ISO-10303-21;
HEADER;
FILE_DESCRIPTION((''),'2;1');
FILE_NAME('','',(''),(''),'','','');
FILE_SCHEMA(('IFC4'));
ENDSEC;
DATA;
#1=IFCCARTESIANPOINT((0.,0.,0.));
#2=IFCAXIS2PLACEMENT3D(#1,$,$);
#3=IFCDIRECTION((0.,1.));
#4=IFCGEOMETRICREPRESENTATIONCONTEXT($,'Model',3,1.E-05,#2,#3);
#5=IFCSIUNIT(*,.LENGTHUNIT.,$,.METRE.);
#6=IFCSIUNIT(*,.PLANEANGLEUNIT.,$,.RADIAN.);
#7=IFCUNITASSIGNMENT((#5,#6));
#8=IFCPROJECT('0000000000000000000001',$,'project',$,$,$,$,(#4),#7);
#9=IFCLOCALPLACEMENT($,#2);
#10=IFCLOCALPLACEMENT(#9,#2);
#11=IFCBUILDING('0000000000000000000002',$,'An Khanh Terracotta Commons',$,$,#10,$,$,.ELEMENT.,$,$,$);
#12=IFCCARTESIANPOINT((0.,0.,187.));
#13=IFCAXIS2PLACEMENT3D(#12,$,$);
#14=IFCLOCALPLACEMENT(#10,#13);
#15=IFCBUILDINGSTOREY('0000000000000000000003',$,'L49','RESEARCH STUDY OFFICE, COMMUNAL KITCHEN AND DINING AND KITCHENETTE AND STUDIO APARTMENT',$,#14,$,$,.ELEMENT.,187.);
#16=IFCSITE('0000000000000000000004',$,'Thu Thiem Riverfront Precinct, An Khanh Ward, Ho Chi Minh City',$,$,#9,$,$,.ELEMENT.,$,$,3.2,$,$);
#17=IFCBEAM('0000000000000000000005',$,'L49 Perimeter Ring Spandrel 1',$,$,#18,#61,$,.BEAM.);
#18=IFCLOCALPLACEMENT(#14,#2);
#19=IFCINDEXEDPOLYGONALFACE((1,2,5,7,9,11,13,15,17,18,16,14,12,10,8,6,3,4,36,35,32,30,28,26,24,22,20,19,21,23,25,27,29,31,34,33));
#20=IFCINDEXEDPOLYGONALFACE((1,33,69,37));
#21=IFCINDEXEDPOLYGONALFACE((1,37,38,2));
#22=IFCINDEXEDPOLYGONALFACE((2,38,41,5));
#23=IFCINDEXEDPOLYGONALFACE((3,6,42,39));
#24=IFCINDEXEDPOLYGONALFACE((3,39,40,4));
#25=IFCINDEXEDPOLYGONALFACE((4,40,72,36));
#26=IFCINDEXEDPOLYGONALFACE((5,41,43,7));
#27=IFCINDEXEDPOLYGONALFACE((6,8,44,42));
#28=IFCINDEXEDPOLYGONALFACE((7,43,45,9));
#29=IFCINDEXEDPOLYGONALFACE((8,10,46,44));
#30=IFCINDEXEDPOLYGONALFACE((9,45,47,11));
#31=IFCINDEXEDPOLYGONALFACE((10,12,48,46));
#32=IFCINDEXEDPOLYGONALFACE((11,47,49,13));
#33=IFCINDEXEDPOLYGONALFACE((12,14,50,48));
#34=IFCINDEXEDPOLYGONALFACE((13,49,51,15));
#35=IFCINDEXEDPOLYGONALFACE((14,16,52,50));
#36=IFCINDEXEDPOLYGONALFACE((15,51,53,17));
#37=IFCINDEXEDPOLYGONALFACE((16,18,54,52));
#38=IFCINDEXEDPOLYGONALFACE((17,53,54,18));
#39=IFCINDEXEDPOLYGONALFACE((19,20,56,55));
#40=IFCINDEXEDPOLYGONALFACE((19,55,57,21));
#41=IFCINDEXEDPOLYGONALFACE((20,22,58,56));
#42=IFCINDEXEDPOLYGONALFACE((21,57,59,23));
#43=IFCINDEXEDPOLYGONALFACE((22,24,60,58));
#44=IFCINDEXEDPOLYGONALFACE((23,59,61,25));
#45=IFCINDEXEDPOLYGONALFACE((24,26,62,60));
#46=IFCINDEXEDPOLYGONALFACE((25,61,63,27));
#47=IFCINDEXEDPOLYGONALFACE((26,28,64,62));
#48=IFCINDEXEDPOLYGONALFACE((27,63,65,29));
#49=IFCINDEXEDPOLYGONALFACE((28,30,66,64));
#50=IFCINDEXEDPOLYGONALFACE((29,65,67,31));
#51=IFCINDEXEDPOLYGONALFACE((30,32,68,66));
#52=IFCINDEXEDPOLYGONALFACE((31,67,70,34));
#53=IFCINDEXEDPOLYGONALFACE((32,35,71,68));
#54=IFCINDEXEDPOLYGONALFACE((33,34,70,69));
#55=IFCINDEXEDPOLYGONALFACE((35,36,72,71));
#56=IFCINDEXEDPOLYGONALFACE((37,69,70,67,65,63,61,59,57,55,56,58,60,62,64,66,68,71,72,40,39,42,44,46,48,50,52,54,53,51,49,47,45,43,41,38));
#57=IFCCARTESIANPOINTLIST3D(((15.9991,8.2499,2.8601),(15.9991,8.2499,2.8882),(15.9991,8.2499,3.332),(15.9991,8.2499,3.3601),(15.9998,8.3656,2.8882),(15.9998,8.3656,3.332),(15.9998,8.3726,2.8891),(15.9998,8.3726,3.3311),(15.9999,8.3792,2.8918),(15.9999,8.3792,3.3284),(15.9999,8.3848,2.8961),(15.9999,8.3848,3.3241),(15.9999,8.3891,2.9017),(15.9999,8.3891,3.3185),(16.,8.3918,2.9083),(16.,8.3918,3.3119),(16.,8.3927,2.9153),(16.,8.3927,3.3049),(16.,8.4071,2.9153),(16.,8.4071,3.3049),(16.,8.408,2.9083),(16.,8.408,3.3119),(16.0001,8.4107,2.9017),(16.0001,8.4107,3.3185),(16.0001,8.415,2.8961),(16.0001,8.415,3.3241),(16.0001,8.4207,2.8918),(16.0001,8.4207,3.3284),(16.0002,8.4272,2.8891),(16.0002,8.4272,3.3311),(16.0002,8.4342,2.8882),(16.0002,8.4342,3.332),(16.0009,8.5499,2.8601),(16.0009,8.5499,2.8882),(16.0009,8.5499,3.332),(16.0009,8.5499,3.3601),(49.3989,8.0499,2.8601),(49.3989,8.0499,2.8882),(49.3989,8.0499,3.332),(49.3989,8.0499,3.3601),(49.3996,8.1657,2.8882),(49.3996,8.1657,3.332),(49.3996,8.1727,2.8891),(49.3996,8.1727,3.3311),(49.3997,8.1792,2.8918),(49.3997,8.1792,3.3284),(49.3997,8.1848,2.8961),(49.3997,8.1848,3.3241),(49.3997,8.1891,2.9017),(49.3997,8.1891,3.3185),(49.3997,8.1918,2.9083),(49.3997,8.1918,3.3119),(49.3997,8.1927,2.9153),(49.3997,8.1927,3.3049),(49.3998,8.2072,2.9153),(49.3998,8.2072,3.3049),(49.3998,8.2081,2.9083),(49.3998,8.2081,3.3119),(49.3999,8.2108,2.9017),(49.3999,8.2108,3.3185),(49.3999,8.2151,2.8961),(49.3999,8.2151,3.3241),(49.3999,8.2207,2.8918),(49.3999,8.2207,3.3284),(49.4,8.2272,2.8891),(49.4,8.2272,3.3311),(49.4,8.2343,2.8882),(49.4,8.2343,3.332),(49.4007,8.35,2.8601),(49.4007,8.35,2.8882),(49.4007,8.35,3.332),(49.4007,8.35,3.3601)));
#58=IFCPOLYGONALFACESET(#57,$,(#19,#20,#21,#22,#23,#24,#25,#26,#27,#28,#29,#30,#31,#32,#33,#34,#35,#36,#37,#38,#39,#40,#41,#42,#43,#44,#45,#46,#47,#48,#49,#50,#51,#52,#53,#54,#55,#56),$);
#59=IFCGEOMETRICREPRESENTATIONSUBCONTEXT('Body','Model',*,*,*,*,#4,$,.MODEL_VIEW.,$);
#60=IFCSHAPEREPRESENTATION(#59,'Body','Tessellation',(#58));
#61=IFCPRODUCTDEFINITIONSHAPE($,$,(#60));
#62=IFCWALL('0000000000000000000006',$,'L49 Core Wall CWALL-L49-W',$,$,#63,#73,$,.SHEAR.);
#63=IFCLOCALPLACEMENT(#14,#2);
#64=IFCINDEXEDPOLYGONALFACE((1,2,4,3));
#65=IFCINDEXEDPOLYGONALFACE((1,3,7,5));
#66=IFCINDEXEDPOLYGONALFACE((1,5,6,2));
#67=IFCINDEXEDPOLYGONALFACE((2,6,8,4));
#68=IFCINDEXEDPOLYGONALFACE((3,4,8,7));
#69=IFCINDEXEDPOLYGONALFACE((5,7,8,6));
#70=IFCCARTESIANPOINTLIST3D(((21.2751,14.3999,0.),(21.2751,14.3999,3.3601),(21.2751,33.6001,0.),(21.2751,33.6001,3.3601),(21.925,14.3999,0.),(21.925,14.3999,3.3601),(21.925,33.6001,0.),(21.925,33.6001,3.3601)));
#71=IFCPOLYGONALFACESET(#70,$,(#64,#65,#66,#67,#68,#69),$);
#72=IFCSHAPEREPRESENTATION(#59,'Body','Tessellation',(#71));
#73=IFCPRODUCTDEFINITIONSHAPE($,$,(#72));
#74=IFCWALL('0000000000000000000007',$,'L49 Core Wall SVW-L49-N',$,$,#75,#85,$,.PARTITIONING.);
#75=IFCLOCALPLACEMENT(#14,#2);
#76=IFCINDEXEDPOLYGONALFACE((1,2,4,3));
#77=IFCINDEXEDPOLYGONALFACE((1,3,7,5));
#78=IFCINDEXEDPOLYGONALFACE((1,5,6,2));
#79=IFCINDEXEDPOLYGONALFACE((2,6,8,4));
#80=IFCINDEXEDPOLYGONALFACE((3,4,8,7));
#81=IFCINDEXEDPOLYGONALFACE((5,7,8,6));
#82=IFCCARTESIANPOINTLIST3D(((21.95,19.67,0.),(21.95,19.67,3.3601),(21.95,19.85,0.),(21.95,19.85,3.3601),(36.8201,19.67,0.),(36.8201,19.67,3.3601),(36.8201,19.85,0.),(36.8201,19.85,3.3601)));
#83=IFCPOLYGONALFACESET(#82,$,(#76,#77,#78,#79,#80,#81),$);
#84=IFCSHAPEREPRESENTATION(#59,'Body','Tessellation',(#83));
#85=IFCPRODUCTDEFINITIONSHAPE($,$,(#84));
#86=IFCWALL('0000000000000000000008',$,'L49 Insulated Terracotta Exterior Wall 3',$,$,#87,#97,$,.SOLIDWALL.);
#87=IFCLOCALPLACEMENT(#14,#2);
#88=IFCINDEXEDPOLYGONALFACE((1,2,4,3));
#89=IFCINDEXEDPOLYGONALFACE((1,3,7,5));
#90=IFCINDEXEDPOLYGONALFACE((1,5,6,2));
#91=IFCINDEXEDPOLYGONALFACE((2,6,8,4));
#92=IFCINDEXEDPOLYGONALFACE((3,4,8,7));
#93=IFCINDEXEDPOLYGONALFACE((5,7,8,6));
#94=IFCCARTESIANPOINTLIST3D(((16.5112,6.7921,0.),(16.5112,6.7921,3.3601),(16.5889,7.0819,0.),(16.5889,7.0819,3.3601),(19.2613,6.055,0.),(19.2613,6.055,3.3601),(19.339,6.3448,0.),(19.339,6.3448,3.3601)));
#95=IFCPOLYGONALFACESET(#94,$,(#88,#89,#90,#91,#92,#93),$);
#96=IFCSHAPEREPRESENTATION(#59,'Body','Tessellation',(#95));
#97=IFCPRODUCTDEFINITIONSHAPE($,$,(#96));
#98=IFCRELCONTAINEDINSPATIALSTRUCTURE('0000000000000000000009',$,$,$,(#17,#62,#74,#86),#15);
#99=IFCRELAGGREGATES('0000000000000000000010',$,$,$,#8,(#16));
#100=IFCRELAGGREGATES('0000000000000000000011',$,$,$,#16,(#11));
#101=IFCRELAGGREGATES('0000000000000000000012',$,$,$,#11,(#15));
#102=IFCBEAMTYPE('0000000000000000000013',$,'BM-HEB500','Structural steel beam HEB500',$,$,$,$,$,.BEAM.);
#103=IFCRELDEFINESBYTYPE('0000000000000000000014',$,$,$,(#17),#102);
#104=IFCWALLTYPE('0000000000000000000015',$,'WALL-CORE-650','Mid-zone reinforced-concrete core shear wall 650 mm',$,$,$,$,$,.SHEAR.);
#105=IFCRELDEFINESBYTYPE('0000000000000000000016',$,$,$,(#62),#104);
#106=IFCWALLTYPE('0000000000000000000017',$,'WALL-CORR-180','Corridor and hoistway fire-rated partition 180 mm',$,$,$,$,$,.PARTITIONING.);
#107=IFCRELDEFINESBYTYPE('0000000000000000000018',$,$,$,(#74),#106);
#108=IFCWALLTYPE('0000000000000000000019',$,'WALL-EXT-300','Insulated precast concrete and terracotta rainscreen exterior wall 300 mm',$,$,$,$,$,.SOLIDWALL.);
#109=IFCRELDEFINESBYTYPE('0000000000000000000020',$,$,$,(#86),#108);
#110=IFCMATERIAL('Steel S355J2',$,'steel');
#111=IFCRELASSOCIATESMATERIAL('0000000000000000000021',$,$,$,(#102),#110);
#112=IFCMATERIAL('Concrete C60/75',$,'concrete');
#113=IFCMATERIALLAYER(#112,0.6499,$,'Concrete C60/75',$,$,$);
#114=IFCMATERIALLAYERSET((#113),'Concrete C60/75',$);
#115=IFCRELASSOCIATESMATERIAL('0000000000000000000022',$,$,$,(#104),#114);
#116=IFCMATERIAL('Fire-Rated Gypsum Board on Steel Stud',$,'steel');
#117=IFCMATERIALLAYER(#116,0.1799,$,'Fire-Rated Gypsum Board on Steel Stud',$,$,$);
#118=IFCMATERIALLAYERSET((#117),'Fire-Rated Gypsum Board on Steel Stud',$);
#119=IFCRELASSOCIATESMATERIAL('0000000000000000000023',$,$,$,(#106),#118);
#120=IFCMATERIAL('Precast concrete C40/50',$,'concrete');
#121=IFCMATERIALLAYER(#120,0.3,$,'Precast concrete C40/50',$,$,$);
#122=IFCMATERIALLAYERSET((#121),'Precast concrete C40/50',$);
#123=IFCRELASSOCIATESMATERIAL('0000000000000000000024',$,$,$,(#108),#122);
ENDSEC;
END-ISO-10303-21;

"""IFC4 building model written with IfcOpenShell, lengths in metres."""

from ifc_helpers import new_model, si_unit, direction, frame, frame_2d, origin, origin_2d, place, context, subcontext, project, spatial, rectangle, i_section, extrude, material, layer, layer_set, material_profile, profile_set, type_object, element, save


model = new_model("IFC4")

# Units and contexts
model_context = context("Model", 3, precision=1e-05, world=origin(), true_north=direction((0.0, 1.0)))
body_context = subcontext(model_context, "Body", "Model", "MODEL_VIEW")
ifc_project = project(units=[si_unit("LENGTHUNIT", "METRE"), si_unit("PLANEANGLEUNIT", "RADIAN")], contexts=[model_context])

# Site, building, storey
site_placement = place(None, origin())
site = spatial("IfcSite", under=ifc_project, at=site_placement, Name="Thu Thiem Riverfront Precinct, An Khanh Ward, Ho Chi Minh City", CompositionType="ELEMENT", RefElevation=3.2)
building_placement = place(site_placement, origin())
building = spatial("IfcBuilding", under=site, at=building_placement, Name="An Khanh Terracotta Commons", CompositionType="ELEMENT")
storey_placement = place(building_placement, frame((0.0, 0.0, 187.0)))
storey = spatial("IfcBuildingStorey", under=building, at=storey_placement, Name="L49", Description="RESEARCH STUDY OFFICE, COMMUNAL KITCHEN AND DINING AND KITCHENETTE AND STUDIO APARTMENT", CompositionType="ELEMENT", Elevation=187.0)

# Shared definitions
ifc_material_1 = material(Name="Concrete C60/75", Category="concrete")

# Beam
ifc_material_2 = material(Name="Steel S355J2", Category="steel")
ifc_material_profile_1 = material_profile(ifc_material_2, i_section(OverallWidth=0.3, OverallDepth=0.5, WebThickness=0.0144, FlangeThickness=0.0281, FilletRadius=0.0271, at=origin_2d()), Name="HEB500")
ifc_profile_set_1 = profile_set([ifc_material_profile_1], Name="Steel S355J2")
beam_type_1 = type_object("IfcBeamType", Name="BM-HEB500", Description="Structural steel beam HEB500", PredefinedType="BEAM", material=ifc_profile_set_1)
beam_1_placement = place(storey_placement, frame((16.0, 8.3999, 3.1101), z_axis=(0.999982, -0.005986, 0.0), x_axis=(0.005986, 0.999982, 0.0)))
element("IfcBeam", 1, at=beam_1_placement, inside=storey, type_object=beam_type_1, Name="L49 Perimeter Ring Spandrel 1", PredefinedType="BEAM", context=body_context, shape_type="SweptSolid", body=[
    extrude(i_section(OverallWidth=0.3, OverallDepth=0.5, WebThickness=0.0144, FlangeThickness=0.0281, FilletRadius=0.0271, at=origin_2d()), origin(), (0.0, 0.0, 1.0), 33.4004),
])

# Walls
ifc_layer_1 = layer(ifc_material_1, 0.6499, Name="Concrete C60/75")
ifc_layer_set_1 = layer_set([ifc_layer_1], Name="Concrete C60/75")
wall_type_1 = type_object("IfcWallType", Name="WALL-CORE-650", Description="Mid-zone reinforced-concrete core shear wall 650 mm", PredefinedType="SHEAR", material=ifc_layer_set_1)
wall_1_placement = place(storey_placement, frame((21.6001, 14.3999, 0.0), z_axis=(0.0, 0.0, 1.0), x_axis=(0.0, 1.0, 0.0)))
element("IfcWall", 2, at=wall_1_placement, inside=storey, type_object=wall_type_1, Name="L49 Core Wall CWALL-L49-W", PredefinedType="SHEAR", context=body_context, shape_type="SweptSolid", body=[
    extrude(rectangle(XDim=19.2002, YDim=0.6499, at=frame_2d((9.6001, 0.0))), origin(), (0.0, 0.0, 1.0), 3.3601),
])
ifc_material_3 = material(Name="Fire-Rated Gypsum Board on Steel Stud", Category="steel")
ifc_layer_2 = layer(ifc_material_3, 0.1799, Name="Fire-Rated Gypsum Board on Steel Stud")
ifc_layer_set_2 = layer_set([ifc_layer_2], Name="Fire-Rated Gypsum Board on Steel Stud")
wall_type_2 = type_object("IfcWallType", Name="WALL-CORR-180", Description="Corridor and hoistway fire-rated partition 180 mm", PredefinedType="PARTITIONING", material=ifc_layer_set_2)
wall_2_placement = place(storey_placement, frame((21.95, 19.76, 0.0), z_axis=(0.0, 0.0, 1.0), x_axis=(1.0, 0.0, 0.0)))
element("IfcWall", 3, at=wall_2_placement, inside=storey, type_object=wall_type_2, Name="L49 Core Wall SVW-L49-N", PredefinedType="PARTITIONING", context=body_context, shape_type="SweptSolid", body=[
    extrude(rectangle(XDim=14.8701, YDim=0.1799, at=frame_2d((7.4351, 0.0))), origin(), (0.0, 0.0, 1.0), 3.3601),
])
ifc_material_4 = material(Name="Precast concrete C40/50", Category="concrete")
ifc_layer_3 = layer(ifc_material_4, 0.3, Name="Precast concrete C40/50")
ifc_layer_set_3 = layer_set([ifc_layer_3], Name="Precast concrete C40/50")
wall_type_3 = type_object("IfcWallType", Name="WALL-EXT-300", Description="Insulated precast concrete and terracotta rainscreen exterior wall 300 mm", PredefinedType="SOLIDWALL", material=ifc_layer_set_3)
wall_3_placement = place(storey_placement, frame((16.55, 6.937, 0.0), z_axis=(0.0, 0.0, 1.0), x_axis=(0.965908, -0.258885, 0.0)))
element("IfcWall", 4, at=wall_3_placement, inside=storey, type_object=wall_type_3, Name="L49 Insulated Terracotta Exterior Wall 3", PredefinedType="SOLIDWALL", context=body_context, shape_type="SweptSolid", body=[
    extrude(rectangle(XDim=2.8472, YDim=0.3, at=frame_2d((1.4236, 0.0))), origin(), (0.0, 0.0, 1.0), 3.3601),
])

save(model, "model.ifc")
